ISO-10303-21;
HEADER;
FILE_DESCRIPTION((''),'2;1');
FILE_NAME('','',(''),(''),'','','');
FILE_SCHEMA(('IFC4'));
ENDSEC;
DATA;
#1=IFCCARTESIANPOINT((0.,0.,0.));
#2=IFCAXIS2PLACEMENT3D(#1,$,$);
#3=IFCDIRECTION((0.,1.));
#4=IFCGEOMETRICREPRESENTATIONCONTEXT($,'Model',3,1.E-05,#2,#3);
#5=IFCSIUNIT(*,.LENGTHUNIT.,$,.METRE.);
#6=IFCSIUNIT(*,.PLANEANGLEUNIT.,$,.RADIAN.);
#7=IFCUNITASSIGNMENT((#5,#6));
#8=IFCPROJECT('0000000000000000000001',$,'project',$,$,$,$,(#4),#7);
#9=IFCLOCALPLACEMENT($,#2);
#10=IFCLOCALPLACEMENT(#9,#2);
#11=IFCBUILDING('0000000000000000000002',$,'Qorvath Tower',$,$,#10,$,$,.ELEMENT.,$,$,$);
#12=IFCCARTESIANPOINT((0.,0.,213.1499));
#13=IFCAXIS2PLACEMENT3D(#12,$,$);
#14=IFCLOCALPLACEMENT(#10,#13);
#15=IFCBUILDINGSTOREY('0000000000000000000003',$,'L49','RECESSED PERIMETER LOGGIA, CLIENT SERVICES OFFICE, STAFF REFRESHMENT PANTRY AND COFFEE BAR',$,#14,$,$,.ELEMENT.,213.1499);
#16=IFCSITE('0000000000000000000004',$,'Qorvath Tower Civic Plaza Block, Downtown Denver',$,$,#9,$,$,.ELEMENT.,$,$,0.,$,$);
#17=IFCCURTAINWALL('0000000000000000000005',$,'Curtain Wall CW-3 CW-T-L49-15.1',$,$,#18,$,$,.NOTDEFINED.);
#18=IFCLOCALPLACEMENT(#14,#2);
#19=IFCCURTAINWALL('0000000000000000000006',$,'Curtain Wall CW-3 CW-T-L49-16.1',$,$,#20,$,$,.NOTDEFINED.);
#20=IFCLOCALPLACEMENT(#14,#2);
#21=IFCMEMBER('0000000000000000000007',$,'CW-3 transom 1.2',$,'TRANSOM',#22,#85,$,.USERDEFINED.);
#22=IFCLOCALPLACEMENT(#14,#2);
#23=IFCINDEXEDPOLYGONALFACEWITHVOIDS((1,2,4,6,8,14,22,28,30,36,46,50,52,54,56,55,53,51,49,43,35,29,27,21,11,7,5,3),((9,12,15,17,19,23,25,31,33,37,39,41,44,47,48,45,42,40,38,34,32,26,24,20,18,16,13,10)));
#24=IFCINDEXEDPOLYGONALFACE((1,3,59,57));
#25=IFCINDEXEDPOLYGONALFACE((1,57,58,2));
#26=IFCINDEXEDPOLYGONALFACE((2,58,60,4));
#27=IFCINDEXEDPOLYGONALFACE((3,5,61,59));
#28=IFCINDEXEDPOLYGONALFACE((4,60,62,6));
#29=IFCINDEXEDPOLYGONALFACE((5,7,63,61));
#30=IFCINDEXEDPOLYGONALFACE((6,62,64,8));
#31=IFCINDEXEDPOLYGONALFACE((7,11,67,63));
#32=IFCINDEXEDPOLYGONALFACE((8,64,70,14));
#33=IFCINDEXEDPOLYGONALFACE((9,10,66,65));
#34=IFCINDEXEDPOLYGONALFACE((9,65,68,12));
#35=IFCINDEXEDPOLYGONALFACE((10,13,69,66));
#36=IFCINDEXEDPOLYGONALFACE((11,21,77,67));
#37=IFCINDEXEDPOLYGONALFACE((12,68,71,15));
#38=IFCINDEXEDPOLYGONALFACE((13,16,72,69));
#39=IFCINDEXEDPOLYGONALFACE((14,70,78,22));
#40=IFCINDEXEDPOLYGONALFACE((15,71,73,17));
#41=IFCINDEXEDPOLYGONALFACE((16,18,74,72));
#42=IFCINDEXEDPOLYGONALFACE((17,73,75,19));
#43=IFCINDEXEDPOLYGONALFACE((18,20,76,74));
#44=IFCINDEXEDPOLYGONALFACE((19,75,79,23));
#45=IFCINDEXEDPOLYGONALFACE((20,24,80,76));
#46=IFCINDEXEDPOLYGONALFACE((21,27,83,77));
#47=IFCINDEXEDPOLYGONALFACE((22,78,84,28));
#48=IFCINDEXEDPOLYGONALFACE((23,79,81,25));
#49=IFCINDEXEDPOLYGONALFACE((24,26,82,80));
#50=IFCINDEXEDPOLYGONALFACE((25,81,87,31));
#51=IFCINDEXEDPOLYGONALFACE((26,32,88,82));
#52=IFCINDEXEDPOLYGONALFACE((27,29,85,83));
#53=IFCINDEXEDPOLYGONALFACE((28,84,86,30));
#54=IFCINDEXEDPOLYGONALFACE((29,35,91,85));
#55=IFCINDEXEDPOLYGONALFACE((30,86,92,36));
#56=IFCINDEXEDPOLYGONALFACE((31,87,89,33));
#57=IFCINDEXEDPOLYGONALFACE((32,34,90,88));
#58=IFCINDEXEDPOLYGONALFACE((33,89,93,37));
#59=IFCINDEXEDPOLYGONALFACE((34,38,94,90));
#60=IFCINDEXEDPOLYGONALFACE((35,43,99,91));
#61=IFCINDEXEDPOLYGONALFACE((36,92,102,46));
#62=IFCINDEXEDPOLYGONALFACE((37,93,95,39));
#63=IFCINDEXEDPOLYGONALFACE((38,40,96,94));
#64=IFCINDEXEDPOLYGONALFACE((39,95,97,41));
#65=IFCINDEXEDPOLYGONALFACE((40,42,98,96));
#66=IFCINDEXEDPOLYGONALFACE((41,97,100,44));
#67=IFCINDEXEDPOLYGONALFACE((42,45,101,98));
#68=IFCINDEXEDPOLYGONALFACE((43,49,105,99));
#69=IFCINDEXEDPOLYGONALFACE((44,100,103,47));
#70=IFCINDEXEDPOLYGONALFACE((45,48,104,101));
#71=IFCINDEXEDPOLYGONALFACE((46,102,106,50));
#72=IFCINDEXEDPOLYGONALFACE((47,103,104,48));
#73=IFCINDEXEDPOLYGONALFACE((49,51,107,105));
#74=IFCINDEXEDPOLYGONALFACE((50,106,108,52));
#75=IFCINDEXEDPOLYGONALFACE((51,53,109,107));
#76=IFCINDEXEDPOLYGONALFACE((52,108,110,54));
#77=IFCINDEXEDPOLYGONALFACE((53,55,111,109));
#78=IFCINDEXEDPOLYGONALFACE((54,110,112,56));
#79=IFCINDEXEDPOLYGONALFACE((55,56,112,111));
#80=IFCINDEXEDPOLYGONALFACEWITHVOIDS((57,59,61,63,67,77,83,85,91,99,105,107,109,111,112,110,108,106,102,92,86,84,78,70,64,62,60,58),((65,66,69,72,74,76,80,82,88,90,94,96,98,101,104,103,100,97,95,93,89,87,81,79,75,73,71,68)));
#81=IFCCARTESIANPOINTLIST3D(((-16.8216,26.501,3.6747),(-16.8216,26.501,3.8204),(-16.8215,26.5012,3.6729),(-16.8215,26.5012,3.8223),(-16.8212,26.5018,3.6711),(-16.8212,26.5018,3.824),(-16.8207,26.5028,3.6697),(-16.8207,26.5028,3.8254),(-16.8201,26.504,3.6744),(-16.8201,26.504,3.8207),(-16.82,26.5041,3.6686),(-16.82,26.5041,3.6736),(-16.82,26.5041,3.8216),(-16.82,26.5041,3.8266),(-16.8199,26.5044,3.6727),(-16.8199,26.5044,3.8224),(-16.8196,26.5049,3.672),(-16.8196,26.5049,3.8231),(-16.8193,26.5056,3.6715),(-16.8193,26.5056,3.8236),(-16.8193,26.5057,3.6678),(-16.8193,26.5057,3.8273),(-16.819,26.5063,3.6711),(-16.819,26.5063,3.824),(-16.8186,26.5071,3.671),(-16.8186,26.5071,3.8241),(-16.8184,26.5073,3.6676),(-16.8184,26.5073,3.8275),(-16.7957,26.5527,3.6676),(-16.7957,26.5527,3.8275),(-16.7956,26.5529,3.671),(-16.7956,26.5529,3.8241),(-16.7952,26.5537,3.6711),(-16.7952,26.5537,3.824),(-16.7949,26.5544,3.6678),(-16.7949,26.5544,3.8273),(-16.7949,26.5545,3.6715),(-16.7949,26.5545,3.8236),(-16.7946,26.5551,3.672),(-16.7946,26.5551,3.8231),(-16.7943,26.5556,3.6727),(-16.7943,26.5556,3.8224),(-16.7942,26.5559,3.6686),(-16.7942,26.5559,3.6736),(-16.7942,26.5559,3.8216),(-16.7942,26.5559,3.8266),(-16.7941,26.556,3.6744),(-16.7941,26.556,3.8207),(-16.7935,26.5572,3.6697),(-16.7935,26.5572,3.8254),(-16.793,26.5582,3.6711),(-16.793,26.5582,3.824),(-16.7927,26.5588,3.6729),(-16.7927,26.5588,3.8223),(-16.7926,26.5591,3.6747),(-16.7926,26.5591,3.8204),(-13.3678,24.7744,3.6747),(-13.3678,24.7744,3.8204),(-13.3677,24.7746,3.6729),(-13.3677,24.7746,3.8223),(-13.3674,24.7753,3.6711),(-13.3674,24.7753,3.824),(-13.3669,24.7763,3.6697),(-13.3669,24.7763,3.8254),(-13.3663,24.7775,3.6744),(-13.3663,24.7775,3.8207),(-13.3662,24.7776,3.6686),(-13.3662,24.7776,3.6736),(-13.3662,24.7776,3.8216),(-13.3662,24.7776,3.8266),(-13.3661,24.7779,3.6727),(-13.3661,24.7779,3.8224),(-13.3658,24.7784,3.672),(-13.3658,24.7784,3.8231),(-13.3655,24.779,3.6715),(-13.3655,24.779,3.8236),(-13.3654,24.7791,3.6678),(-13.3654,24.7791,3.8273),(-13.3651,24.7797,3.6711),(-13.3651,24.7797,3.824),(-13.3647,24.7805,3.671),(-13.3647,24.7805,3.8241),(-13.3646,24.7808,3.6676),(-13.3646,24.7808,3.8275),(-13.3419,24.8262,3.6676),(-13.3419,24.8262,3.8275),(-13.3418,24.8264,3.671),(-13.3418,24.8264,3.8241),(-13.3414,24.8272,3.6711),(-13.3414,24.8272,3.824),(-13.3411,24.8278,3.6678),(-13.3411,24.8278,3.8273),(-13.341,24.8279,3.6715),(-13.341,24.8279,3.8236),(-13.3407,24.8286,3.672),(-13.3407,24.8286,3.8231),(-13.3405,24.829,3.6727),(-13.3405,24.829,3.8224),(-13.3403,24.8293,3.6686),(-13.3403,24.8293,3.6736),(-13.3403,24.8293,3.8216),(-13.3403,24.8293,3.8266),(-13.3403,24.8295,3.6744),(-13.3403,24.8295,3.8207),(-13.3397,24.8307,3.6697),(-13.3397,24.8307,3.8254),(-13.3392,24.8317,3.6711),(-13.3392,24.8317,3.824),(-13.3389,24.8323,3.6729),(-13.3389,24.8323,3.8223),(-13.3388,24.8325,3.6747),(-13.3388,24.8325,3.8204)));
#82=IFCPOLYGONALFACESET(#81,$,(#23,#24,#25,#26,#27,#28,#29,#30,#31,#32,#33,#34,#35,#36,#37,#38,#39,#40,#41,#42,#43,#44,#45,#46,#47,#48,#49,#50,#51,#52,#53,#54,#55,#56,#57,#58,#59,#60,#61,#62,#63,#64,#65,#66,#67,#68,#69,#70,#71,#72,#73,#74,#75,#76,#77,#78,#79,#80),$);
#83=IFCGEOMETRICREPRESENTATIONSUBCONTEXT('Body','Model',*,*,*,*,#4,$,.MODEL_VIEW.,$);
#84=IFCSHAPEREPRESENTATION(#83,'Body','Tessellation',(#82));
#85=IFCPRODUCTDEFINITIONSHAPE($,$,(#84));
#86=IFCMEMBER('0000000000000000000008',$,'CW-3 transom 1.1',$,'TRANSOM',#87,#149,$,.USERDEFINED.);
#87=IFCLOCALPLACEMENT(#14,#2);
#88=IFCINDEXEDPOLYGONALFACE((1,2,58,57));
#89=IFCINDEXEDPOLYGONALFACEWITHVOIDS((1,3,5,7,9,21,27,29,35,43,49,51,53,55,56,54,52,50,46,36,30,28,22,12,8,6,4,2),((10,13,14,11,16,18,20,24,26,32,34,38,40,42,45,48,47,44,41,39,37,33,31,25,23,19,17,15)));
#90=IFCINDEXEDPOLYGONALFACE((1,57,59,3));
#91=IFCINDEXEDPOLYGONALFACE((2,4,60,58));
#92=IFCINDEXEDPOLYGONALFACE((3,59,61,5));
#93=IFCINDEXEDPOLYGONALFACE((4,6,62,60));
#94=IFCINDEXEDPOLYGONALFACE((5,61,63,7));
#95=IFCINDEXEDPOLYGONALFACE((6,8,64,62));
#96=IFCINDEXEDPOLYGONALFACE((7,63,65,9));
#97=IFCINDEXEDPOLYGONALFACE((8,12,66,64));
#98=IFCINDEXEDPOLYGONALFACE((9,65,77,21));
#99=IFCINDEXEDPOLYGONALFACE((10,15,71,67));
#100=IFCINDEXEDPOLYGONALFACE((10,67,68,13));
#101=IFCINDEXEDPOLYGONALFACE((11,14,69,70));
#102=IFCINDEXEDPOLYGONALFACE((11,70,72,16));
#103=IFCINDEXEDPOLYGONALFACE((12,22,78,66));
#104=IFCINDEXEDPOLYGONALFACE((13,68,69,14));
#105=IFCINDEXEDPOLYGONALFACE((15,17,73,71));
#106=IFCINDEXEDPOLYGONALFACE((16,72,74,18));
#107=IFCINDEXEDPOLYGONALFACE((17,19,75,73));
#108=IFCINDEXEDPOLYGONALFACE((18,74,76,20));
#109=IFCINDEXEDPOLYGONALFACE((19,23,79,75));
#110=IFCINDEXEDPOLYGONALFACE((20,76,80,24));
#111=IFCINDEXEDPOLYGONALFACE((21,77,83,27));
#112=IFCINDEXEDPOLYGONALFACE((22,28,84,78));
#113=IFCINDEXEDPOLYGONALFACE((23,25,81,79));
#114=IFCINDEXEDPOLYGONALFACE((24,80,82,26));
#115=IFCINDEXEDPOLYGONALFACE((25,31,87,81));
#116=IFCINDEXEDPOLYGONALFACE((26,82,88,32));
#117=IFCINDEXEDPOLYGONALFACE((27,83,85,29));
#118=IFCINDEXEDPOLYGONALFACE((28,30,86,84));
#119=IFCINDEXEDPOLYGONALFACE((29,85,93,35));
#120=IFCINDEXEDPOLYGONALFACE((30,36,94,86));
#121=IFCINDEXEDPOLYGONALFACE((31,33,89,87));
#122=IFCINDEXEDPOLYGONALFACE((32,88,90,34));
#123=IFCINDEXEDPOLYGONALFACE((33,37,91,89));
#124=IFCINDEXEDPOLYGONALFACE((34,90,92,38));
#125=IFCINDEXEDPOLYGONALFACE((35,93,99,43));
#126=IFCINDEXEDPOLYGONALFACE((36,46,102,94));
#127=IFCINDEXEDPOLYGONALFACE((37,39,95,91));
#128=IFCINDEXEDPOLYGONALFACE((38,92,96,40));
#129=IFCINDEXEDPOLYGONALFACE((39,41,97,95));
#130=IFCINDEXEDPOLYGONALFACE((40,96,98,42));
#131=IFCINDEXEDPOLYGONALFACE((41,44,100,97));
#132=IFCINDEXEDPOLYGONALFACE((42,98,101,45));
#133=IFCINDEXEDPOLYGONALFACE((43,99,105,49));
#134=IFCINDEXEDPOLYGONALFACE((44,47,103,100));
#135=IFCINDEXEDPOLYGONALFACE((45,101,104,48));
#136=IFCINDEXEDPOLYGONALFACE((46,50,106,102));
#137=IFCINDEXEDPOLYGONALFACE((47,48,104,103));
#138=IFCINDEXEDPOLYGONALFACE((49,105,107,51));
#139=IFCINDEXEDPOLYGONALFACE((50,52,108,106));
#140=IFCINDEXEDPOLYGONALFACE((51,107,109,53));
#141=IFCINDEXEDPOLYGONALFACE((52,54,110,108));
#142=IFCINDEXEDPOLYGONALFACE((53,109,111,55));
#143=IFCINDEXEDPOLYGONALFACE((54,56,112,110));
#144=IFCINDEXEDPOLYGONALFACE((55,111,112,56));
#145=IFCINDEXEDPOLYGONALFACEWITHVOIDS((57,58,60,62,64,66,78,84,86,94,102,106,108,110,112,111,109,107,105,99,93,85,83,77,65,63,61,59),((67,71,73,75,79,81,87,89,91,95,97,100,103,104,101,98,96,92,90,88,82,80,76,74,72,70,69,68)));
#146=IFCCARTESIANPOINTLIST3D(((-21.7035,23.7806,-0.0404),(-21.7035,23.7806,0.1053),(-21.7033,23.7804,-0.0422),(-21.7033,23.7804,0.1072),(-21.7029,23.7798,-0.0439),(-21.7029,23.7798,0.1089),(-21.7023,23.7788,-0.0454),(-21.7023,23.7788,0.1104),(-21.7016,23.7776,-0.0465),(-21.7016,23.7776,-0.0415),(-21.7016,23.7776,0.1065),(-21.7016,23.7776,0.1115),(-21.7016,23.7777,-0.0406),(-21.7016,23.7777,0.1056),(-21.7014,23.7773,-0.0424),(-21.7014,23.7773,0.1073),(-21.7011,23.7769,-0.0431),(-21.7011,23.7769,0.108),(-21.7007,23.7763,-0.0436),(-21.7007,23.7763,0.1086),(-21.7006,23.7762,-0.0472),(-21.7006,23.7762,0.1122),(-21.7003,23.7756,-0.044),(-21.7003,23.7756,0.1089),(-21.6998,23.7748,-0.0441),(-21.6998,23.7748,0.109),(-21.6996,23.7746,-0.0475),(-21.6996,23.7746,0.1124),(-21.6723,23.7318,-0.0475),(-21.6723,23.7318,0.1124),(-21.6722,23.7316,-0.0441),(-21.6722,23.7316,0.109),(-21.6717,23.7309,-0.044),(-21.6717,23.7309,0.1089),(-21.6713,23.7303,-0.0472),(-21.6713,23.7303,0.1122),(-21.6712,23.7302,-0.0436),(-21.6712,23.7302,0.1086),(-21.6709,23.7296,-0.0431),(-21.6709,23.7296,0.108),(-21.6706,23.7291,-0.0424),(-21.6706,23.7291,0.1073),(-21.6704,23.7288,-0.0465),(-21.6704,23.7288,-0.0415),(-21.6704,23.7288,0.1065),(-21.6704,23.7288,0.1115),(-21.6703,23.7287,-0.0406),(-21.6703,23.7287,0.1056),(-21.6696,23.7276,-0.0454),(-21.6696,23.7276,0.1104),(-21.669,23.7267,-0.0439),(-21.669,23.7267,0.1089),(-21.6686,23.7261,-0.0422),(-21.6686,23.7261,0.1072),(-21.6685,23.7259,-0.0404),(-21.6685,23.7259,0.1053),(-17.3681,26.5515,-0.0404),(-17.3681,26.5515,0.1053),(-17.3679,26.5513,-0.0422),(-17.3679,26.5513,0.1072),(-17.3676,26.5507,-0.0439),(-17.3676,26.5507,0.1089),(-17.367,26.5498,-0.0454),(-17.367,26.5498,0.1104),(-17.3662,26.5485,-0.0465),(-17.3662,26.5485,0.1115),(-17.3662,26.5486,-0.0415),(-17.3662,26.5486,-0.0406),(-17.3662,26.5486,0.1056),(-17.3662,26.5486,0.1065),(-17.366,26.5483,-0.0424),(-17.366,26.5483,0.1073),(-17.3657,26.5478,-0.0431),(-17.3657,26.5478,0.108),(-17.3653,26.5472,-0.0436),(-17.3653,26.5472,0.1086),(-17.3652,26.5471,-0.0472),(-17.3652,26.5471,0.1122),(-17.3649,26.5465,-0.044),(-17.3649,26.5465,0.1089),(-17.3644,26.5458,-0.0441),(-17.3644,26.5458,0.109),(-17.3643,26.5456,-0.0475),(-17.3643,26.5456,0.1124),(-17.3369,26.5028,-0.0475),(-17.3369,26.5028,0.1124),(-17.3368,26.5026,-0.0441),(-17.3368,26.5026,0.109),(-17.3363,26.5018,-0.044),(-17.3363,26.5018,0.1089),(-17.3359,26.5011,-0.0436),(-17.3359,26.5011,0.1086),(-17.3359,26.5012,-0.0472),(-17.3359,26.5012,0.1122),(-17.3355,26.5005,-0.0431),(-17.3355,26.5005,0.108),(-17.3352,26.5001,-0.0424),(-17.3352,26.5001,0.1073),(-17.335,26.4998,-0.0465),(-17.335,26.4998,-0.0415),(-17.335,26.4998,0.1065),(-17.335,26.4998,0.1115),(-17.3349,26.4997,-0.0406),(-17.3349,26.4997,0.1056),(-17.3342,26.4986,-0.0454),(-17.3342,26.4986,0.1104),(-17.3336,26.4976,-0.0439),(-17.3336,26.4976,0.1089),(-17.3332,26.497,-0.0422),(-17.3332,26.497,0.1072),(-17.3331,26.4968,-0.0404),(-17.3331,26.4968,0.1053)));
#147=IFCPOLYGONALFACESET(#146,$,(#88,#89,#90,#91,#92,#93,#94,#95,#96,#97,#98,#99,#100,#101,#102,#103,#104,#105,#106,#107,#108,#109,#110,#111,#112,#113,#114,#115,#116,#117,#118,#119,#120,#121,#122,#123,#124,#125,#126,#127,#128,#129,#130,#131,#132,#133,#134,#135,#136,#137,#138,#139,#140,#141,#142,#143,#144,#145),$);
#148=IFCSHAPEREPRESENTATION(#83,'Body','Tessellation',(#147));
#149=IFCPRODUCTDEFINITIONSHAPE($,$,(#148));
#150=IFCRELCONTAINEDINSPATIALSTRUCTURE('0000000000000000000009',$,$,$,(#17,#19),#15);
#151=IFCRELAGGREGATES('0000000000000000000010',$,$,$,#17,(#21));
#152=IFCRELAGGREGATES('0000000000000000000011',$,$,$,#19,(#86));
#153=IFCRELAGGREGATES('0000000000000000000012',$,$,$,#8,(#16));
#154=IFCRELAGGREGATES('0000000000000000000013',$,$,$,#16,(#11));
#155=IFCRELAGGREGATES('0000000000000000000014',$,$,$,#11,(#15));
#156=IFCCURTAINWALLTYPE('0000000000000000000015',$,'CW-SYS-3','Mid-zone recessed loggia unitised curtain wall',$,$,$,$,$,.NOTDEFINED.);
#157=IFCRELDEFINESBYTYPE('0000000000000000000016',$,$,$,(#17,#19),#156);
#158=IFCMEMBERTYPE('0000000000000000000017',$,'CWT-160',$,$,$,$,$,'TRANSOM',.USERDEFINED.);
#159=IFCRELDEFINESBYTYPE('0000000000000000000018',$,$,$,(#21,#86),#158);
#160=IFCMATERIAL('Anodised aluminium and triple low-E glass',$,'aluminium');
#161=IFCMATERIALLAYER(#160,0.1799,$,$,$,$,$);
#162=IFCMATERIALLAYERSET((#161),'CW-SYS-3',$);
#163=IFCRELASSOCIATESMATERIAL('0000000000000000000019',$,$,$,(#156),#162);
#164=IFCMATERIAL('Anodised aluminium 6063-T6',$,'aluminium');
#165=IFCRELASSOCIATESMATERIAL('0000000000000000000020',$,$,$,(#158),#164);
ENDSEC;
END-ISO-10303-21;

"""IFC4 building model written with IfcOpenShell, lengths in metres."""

from ifc_helpers import new_model, si_unit, direction, frame, origin, origin_2d, place, context, subcontext, project, spatial, hollow_rectangle, extrude, material, layer, layer_set, material_profile, profile_set, type_object, element, aggregate, save


model = new_model("IFC4")

# Units and contexts
model_context = context("Model", 3, precision=1e-05, world=origin(), true_north=direction((0.0, 1.0)))
body_context = subcontext(model_context, "Body", "Model", "MODEL_VIEW")
ifc_project = project(units=[si_unit("LENGTHUNIT", "METRE"), si_unit("PLANEANGLEUNIT", "RADIAN")], contexts=[model_context])

# Site, building, storey
site_placement = place(None, origin())
site = spatial("IfcSite", under=ifc_project, at=site_placement, Name="Qorvath Tower Civic Plaza Block, Downtown Denver", CompositionType="ELEMENT", RefElevation=0.0)
building_placement = place(site_placement, origin())
building = spatial("IfcBuilding", under=site, at=building_placement, Name="Qorvath Tower", CompositionType="ELEMENT")
storey_placement = place(building_placement, frame((0.0, 0.0, 213.1499)))
storey = spatial("IfcBuildingStorey", under=building, at=storey_placement, Name="L49", Description="RECESSED PERIMETER LOGGIA, CLIENT SERVICES OFFICE, STAFF REFRESHMENT PANTRY AND COFFEE BAR", CompositionType="ELEMENT", Elevation=213.1499)

# Shared definitions
ifc_material_1 = material(Name="Anodised aluminium and triple low-E glass", Category="aluminium")
ifc_layer_1 = layer(ifc_material_1, 0.1799)
ifc_layer_set_1 = layer_set([ifc_layer_1], Name="CW-SYS-3")
curtain_wall_type = type_object("IfcCurtainWallType", Name="CW-SYS-3", Description="Mid-zone recessed loggia unitised curtain wall", PredefinedType="NOTDEFINED", material=ifc_layer_set_1)

# Curtain wall
curtain_wall_1_placement = place(storey_placement, origin())
curtain_wall_1 = element("IfcCurtainWall", 1, at=curtain_wall_1_placement, inside=storey, type_object=curtain_wall_type, Name="Curtain Wall CW-3 CW-T-L49-15.1", PredefinedType="NOTDEFINED")

# Curtain wall
curtain_wall_2_placement = place(storey_placement, origin())
curtain_wall_2 = element("IfcCurtainWall", 2, at=curtain_wall_2_placement, inside=storey, type_object=curtain_wall_type, Name="Curtain Wall CW-3 CW-T-L49-16.1", PredefinedType="NOTDEFINED")

# Members
ifc_material_2 = material(Name="Anodised aluminium 6063-T6", Category="aluminium")
ifc_material_profile_1 = material_profile(ifc_material_2, hollow_rectangle(XDim=0.0649, YDim=0.1599, WallThickness=0.0034, InnerFilletRadius=0.0034, OuterFilletRadius=0.0071, at=origin_2d()), Name="CWT 160x65")
ifc_profile_set_1 = profile_set([ifc_material_profile_1], Name="Anodised aluminium 6063-T6")
member_type_1 = type_object("IfcMemberType", Name="CWT-160", ElementType="TRANSOM", PredefinedType="USERDEFINED", material=ifc_profile_set_1)
member_1_placement = place(storey_placement, frame((-13.3533, 24.8035, 3.7476), z_axis=(-0.894465, 0.447138, 0.0), x_axis=(-0.447138, -0.894465, 0.0)))
member_1 = element("IfcMember", 3, at=member_1_placement, type_object=member_type_1, Name="CW-3 transom 1.2", ObjectType="TRANSOM", PredefinedType="USERDEFINED", context=body_context, shape_type="SweptSolid", body=[
    extrude(hollow_rectangle(XDim=0.0649, YDim=0.1599, WallThickness=0.0034, InnerFilletRadius=0.0034, OuterFilletRadius=0.0071, at=origin_2d()), origin(), (0.0, 0.0, 1.0), 3.8613),
])
member_2_placement = place(storey_placement, frame((-17.3506, 26.5242, 0.0325), z_axis=(-0.842597, -0.538545, 0.0), x_axis=(0.538545, -0.842597, 0.0)))
member_2 = element("IfcMember", 4, at=member_2_placement, type_object=member_type_1, Name="CW-3 transom 1.1", ObjectType="TRANSOM", PredefinedType="USERDEFINED", context=body_context, shape_type="SweptSolid", body=[
    extrude(hollow_rectangle(XDim=0.0649, YDim=0.1599, WallThickness=0.0034, InnerFilletRadius=0.0034, OuterFilletRadius=0.0071, at=origin_2d()), origin(), (0.0, 0.0, 1.0), 5.1453),
])

aggregate(curtain_wall_1, [member_1])
aggregate(curtain_wall_2, [member_2])

save(model, "model.ifc")
